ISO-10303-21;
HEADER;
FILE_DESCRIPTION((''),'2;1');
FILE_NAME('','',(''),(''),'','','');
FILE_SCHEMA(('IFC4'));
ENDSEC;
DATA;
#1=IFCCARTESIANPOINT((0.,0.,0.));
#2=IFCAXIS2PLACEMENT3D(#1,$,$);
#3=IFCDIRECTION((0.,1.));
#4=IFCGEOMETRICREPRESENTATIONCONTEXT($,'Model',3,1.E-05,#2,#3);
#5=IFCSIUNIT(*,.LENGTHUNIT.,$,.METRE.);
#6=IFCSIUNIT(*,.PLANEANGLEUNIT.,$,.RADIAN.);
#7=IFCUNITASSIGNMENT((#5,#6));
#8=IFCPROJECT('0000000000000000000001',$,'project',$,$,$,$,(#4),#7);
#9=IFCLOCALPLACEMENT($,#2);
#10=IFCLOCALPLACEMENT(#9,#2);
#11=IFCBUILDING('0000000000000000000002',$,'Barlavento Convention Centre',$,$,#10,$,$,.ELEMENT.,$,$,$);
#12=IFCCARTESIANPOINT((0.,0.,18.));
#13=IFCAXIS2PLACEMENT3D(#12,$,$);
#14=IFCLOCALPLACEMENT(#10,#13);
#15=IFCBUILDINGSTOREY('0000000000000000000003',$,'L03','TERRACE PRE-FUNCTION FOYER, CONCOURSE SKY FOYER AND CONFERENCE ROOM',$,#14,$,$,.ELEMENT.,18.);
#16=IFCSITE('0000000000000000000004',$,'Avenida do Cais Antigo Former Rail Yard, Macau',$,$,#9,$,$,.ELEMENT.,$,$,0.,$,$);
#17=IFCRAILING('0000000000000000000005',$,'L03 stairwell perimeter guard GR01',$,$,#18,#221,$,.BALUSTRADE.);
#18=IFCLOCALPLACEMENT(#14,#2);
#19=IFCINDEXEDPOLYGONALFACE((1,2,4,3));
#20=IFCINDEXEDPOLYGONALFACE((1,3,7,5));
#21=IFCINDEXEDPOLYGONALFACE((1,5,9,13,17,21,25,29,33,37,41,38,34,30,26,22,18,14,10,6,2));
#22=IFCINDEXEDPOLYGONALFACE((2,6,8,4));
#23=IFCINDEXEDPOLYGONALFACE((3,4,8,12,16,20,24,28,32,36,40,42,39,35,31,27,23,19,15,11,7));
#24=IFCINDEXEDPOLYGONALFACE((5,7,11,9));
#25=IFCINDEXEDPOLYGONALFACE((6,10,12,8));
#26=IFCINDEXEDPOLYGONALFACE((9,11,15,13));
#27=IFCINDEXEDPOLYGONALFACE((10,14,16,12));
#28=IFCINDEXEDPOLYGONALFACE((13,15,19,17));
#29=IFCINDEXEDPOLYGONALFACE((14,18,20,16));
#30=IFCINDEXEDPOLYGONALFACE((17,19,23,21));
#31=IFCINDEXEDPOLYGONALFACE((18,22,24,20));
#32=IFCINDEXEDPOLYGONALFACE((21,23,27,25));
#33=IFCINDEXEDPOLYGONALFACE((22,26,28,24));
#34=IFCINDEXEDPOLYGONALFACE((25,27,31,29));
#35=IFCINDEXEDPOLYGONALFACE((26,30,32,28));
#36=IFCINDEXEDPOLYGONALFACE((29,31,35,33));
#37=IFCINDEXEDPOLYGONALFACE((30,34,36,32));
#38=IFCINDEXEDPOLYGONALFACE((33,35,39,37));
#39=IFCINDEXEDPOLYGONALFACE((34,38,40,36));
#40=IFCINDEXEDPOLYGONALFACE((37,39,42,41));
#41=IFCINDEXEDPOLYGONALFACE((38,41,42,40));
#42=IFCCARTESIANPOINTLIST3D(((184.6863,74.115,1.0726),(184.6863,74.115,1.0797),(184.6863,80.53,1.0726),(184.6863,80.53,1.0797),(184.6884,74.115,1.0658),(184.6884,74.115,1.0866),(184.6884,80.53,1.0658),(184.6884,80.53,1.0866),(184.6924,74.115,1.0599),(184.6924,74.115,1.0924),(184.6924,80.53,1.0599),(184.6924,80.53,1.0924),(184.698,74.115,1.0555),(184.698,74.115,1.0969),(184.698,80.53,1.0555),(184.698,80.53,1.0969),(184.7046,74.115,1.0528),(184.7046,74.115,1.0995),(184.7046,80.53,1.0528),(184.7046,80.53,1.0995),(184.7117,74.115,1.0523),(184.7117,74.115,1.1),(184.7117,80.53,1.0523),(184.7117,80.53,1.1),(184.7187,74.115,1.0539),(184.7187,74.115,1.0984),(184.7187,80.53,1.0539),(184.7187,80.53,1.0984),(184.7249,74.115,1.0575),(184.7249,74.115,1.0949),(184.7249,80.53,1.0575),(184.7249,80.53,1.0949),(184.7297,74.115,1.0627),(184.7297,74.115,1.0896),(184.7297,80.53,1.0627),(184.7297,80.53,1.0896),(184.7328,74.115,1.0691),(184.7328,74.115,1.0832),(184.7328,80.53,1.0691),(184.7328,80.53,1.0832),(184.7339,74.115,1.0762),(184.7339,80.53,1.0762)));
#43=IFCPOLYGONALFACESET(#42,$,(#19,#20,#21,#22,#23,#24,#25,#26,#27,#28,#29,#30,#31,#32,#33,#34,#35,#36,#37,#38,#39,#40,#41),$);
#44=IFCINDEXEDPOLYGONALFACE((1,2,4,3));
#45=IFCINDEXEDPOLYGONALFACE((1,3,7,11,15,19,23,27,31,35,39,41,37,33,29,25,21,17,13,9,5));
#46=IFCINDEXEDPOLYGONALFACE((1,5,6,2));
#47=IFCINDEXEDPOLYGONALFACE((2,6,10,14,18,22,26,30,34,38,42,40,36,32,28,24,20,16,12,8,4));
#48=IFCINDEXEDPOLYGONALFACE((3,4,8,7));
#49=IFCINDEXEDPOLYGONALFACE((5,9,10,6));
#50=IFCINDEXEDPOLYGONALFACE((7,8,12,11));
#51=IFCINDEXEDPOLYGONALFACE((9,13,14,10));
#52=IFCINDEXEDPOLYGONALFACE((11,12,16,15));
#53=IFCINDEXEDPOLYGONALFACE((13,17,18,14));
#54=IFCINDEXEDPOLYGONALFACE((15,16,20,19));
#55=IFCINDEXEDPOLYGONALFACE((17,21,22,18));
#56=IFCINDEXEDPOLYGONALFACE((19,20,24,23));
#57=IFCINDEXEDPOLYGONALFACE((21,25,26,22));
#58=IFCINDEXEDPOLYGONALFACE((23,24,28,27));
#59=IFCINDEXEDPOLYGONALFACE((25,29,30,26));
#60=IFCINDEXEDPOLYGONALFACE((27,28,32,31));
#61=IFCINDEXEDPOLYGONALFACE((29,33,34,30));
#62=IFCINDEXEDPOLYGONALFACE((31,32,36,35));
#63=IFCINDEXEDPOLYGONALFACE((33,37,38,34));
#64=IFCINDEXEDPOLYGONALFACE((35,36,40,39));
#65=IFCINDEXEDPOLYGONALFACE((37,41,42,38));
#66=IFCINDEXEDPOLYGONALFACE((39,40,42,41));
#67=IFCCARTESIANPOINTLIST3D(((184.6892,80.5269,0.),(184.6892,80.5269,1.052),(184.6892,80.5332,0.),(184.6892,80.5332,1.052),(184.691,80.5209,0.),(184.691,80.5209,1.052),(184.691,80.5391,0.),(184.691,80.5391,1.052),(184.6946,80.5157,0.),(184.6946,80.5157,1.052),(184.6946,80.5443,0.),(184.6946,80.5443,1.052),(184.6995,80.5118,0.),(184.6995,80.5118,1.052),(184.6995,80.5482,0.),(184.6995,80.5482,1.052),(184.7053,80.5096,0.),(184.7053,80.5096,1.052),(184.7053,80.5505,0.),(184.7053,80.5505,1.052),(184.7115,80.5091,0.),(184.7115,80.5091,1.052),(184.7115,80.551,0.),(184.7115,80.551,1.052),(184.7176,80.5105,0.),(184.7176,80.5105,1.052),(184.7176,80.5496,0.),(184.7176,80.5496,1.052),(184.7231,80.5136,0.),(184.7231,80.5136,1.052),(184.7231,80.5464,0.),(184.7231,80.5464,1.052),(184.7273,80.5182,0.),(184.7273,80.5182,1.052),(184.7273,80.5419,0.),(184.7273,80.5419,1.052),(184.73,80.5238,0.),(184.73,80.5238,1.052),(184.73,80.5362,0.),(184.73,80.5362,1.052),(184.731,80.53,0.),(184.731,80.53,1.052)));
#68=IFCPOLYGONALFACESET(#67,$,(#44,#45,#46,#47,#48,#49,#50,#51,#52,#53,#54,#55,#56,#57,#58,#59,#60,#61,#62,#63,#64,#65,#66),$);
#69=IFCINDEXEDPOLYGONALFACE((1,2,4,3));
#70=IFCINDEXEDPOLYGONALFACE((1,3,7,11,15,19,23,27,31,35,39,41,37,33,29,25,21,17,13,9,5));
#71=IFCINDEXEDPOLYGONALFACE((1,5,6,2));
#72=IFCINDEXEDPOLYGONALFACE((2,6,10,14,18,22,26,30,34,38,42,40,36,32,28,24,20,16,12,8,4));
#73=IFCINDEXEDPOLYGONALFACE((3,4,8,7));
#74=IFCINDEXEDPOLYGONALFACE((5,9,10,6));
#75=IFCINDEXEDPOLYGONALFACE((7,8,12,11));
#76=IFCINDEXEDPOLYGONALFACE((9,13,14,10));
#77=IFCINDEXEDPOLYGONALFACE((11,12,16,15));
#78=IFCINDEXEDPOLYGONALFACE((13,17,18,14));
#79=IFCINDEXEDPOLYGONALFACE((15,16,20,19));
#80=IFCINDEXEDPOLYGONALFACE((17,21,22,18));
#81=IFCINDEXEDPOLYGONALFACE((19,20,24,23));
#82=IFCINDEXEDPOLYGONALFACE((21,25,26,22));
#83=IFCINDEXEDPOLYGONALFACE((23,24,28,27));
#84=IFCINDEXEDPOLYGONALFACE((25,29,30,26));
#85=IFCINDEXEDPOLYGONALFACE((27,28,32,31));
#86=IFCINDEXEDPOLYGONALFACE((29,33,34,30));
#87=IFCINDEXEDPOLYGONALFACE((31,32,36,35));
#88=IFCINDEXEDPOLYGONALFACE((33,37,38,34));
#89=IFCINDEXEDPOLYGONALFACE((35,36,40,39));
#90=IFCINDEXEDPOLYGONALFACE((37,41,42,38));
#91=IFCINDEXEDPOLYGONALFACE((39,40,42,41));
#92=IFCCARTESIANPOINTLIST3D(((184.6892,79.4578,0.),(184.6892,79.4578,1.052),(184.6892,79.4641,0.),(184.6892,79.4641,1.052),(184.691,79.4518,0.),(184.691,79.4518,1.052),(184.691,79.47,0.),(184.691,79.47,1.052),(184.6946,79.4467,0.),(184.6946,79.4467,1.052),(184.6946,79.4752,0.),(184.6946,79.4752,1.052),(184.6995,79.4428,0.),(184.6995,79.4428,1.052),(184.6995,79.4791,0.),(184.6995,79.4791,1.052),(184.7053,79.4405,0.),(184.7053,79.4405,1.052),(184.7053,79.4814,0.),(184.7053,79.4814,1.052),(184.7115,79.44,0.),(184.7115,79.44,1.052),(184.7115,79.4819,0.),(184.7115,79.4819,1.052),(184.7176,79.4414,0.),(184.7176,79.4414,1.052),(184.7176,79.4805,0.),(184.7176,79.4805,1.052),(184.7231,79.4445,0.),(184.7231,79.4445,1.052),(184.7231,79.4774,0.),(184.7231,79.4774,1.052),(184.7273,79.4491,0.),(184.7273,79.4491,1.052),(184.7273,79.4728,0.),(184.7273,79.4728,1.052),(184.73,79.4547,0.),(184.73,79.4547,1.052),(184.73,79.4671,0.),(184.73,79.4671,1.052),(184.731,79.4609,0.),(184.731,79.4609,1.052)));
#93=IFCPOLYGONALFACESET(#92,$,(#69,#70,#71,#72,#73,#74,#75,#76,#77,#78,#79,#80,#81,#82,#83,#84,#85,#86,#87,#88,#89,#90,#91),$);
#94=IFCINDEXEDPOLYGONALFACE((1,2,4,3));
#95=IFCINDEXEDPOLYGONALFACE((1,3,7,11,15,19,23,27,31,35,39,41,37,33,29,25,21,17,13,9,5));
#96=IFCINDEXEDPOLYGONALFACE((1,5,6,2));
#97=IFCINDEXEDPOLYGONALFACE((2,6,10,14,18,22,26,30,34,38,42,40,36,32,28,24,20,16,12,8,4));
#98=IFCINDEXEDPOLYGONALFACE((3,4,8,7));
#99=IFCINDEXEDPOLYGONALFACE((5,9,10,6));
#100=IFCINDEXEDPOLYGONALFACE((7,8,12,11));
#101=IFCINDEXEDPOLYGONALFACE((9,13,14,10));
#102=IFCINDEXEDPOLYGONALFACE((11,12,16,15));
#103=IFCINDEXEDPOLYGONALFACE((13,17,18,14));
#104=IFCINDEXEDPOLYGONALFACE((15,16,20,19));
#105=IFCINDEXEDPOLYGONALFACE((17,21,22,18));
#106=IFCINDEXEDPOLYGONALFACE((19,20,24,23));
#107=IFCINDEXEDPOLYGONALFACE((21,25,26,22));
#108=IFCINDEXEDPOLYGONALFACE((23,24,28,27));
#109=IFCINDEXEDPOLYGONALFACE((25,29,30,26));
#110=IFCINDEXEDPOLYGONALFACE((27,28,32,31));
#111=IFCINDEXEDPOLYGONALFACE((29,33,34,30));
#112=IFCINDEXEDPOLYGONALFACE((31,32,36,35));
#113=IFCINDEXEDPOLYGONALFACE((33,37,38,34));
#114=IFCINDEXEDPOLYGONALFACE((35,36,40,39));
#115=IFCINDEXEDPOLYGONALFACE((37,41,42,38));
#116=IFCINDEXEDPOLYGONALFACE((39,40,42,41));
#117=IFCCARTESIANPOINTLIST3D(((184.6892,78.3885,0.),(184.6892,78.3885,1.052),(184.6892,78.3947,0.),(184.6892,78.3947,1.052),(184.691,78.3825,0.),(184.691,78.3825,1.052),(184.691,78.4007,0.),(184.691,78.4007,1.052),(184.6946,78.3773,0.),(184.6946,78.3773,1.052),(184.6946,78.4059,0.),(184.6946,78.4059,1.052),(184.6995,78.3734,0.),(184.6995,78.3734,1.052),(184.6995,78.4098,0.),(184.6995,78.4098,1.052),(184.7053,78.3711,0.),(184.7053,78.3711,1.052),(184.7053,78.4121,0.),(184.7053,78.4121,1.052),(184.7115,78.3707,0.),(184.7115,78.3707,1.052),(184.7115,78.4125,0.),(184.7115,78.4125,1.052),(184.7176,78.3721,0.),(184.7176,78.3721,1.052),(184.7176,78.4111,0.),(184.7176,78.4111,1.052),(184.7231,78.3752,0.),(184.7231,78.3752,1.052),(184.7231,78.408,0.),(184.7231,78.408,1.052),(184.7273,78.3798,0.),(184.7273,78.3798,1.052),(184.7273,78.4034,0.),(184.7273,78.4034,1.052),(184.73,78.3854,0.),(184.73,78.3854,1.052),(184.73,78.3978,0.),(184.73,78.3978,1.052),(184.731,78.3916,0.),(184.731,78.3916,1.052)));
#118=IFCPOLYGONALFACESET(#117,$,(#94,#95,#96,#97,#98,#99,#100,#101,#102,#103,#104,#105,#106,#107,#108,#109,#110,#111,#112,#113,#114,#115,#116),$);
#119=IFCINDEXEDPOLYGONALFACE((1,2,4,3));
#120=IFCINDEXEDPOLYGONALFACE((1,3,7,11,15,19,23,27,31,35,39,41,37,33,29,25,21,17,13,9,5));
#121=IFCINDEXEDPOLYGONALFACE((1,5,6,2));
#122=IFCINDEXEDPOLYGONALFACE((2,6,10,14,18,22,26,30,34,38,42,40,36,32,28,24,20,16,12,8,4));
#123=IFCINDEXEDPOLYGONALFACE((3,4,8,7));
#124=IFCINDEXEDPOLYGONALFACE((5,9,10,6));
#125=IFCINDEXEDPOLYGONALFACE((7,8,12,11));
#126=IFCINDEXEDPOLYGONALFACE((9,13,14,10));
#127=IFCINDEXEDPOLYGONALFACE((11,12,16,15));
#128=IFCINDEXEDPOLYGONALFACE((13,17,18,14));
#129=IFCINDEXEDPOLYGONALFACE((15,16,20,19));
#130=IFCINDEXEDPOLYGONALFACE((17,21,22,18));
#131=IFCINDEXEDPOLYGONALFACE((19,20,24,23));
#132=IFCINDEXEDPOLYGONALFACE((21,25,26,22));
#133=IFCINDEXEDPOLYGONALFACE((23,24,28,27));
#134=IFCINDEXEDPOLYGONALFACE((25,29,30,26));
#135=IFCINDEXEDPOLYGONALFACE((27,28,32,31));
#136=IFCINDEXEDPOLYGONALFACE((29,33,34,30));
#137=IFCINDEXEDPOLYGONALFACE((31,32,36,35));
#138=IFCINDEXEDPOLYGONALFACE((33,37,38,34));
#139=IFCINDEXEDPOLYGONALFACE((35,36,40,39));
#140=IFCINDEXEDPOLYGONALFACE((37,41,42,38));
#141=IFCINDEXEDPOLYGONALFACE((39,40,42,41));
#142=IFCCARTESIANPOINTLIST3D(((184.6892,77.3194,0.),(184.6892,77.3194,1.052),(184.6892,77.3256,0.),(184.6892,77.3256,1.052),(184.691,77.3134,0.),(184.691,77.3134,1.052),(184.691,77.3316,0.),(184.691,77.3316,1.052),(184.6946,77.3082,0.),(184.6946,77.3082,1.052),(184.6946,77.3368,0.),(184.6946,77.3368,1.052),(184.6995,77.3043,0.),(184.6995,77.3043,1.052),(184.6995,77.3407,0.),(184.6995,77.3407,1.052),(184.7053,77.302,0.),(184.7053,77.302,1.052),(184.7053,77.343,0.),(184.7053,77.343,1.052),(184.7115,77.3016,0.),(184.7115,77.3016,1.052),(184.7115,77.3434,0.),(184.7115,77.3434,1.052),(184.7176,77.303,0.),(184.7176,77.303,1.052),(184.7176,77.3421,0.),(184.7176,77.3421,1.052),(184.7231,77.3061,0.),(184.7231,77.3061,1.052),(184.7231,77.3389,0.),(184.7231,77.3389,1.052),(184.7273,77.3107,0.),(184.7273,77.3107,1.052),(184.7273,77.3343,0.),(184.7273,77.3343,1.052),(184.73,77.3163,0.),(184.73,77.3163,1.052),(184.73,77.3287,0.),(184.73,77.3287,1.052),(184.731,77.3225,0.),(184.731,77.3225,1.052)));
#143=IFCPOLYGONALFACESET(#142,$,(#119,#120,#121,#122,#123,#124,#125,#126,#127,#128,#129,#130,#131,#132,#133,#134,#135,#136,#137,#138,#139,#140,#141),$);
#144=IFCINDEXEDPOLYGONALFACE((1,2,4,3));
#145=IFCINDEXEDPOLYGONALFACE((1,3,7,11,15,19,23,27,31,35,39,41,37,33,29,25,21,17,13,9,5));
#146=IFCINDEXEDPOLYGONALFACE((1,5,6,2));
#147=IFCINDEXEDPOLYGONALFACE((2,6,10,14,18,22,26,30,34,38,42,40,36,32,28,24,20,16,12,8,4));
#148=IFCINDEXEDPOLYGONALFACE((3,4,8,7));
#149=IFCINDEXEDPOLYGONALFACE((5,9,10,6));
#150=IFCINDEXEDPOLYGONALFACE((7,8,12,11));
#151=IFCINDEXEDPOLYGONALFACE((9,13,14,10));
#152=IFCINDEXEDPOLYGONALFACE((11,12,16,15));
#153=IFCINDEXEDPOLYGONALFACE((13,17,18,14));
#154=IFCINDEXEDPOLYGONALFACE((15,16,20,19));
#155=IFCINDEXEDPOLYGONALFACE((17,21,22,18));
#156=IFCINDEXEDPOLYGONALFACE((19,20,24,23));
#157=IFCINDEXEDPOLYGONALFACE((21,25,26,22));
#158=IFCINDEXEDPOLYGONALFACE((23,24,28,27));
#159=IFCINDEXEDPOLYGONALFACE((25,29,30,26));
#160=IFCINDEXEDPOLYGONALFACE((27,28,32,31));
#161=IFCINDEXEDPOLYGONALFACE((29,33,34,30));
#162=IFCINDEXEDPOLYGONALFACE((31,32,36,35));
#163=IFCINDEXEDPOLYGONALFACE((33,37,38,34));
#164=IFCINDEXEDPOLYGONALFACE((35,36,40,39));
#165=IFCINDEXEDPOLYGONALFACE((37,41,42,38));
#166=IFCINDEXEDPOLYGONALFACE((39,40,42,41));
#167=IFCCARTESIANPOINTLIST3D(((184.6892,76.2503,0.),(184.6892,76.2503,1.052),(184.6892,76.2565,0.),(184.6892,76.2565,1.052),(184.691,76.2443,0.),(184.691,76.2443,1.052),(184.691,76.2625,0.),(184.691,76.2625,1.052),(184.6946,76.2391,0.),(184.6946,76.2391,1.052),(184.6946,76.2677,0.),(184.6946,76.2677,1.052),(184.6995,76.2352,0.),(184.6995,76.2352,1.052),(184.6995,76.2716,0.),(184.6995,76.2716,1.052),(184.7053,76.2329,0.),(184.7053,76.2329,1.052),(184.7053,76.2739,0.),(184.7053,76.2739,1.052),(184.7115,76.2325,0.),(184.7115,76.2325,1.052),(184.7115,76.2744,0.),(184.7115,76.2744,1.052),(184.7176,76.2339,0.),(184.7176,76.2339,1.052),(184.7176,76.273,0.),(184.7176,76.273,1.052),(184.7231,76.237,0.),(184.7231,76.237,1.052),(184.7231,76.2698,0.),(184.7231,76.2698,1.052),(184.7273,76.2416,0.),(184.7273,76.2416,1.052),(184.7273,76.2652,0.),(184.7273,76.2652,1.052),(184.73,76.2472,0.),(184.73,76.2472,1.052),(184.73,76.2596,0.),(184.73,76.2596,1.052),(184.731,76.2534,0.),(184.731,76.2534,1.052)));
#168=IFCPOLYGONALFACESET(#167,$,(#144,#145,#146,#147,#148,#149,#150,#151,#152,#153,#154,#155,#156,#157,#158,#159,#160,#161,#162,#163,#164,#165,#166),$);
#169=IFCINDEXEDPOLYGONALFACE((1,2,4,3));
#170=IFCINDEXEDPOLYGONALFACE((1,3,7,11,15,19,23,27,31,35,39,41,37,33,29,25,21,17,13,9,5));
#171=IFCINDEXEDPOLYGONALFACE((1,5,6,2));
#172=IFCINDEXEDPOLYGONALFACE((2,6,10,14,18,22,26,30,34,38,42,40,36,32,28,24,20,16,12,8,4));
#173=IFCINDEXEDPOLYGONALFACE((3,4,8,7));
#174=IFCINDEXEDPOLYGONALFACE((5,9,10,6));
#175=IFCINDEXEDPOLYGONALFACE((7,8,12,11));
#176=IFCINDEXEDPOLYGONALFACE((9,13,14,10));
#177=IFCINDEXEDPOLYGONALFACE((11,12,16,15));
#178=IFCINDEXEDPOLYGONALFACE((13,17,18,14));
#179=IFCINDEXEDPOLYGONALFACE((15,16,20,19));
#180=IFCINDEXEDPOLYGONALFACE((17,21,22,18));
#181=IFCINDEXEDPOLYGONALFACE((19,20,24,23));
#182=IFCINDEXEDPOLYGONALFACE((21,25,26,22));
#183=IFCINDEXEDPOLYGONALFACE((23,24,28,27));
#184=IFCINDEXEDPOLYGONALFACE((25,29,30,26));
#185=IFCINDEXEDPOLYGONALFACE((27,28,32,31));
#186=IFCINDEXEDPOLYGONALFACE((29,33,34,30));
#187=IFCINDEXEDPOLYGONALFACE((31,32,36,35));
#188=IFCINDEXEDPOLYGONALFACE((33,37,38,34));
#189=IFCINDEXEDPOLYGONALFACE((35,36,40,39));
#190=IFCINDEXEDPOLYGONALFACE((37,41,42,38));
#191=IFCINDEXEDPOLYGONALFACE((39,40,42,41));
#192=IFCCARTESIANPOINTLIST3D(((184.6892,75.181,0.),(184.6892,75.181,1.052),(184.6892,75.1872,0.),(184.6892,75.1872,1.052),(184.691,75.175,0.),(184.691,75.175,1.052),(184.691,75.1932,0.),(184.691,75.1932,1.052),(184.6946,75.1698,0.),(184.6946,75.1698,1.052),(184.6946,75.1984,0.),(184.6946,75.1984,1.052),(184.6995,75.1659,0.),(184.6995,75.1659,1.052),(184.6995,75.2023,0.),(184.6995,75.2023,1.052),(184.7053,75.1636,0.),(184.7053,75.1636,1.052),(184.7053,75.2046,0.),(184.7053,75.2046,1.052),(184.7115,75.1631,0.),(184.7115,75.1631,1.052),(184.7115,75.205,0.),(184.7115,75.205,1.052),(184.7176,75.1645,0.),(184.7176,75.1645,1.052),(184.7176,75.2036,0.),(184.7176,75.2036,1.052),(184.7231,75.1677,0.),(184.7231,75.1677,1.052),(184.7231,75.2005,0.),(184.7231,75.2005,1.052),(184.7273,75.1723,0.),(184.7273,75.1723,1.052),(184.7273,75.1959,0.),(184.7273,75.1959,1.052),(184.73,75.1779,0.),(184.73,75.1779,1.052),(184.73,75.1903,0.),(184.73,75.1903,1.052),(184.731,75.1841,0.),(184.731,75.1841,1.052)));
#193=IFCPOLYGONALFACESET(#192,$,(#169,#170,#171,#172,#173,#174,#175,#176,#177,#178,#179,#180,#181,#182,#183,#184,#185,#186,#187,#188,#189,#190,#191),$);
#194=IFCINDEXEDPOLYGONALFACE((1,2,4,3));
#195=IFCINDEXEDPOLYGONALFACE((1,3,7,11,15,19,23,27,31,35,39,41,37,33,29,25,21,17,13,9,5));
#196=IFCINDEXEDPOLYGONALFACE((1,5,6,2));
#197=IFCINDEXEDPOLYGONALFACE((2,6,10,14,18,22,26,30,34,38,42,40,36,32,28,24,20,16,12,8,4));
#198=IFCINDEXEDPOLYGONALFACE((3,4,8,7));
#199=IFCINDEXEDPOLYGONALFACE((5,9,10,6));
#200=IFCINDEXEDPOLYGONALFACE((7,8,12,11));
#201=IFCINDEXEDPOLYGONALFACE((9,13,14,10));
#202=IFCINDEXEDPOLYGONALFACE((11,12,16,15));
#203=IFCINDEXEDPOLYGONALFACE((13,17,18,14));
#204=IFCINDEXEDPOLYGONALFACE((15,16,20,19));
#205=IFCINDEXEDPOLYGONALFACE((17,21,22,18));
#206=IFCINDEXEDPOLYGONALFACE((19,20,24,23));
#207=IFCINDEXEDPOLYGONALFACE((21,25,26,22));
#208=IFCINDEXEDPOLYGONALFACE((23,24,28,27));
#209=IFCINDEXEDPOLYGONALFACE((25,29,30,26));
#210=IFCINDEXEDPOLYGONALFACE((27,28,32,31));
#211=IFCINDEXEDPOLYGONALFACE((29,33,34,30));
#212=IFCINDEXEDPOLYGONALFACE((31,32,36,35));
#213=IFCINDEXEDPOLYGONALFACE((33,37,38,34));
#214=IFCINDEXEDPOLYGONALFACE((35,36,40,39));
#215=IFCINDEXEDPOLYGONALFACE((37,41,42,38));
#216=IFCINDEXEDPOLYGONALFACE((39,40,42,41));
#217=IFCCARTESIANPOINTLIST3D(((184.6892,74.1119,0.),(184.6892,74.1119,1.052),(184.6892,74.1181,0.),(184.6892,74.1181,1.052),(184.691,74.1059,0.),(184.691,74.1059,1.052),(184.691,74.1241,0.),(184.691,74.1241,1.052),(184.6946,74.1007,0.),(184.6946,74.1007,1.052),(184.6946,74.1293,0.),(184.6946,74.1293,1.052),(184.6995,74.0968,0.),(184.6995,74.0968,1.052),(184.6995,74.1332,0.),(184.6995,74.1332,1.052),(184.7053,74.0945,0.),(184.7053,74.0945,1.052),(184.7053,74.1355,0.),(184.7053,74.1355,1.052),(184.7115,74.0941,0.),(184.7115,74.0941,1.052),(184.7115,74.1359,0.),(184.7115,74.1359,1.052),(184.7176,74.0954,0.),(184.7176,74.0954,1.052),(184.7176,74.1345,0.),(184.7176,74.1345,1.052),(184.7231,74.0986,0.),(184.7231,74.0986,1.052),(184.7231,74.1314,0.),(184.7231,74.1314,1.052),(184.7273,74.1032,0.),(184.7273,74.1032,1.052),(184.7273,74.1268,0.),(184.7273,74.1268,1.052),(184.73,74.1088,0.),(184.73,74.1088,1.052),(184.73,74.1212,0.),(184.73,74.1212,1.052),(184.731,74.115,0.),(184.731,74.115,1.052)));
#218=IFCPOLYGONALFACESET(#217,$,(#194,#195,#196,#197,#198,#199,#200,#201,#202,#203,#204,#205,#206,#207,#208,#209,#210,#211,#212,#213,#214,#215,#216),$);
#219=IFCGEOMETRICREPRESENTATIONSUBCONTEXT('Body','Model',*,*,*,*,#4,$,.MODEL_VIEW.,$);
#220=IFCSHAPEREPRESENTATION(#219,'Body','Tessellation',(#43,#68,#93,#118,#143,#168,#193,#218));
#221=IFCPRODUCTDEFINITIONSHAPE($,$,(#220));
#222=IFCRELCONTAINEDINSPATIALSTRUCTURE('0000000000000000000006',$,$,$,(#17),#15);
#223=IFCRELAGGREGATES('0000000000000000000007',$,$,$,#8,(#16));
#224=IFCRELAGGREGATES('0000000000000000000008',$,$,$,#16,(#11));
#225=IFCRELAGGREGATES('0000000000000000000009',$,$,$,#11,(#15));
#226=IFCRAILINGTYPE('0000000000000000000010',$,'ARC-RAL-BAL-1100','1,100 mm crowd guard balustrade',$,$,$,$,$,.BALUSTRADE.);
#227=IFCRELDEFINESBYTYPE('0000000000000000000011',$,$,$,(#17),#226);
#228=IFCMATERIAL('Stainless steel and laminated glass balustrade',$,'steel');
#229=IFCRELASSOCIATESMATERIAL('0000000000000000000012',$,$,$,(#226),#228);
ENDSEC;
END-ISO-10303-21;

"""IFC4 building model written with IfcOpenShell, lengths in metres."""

from ifc_helpers import new_model, si_unit, direction, frame, origin, origin_2d, place, context, subcontext, project, spatial, circle, extrude, material, type_object, element, save


model = new_model("IFC4")

# Units and contexts
model_context = context("Model", 3, precision=1e-05, world=origin(), true_north=direction((0.0, 1.0)))
body_context = subcontext(model_context, "Body", "Model", "MODEL_VIEW")
ifc_project = project(units=[si_unit("LENGTHUNIT", "METRE"), si_unit("PLANEANGLEUNIT", "RADIAN")], contexts=[model_context])

# Site, building, storey
site_placement = place(None, origin())
site = spatial("IfcSite", under=ifc_project, at=site_placement, Name="Avenida do Cais Antigo Former Rail Yard, Macau", CompositionType="ELEMENT", RefElevation=0.0)
building_placement = place(site_placement, origin())
building = spatial("IfcBuilding", under=site, at=building_placement, Name="Barlavento Convention Centre", CompositionType="ELEMENT")
storey_placement = place(building_placement, frame((0.0, 0.0, 18.0)))
storey = spatial("IfcBuildingStorey", under=building, at=storey_placement, Name="L03", Description="TERRACE PRE-FUNCTION FOYER, CONCOURSE SKY FOYER AND CONFERENCE ROOM", CompositionType="ELEMENT", Elevation=18.0)

# Railing
ifc_material_1 = material(Name="Stainless steel and laminated glass balustrade", Category="steel")
railing_type_1 = type_object("IfcRailingType", Name="ARC-RAL-BAL-1100", Description="1,100 mm crowd guard balustrade", PredefinedType="BALUSTRADE", material=ifc_material_1)
railing_1_placement = place(storey_placement, frame((184.71, 80.53, 0.0)))
element("IfcRailing", 1, at=railing_1_placement, inside=storey, type_object=railing_type_1, Name="L03 stairwell perimeter guard GR01", PredefinedType="BALUSTRADE", context=body_context, shape_type="SweptSolid", body=[
    extrude(circle(Radius=0.0239, at=origin_2d()), frame((0.0, 0.0, 1.0762), z_axis=(0.0, -1.0, 0.0), x_axis=(1.0, 0.0, 0.0)), (0.0, 0.0, 1.0), 6.415),
    extrude(circle(Radius=0.021, at=origin_2d()), origin(), (0.0, 0.0, 1.0), 1.052),
    extrude(circle(Radius=0.021, at=origin_2d()), frame((0.0, -1.0691, 0.0)), (0.0, 0.0, 1.0), 1.052),
    extrude(circle(Radius=0.021, at=origin_2d()), frame((0.0, -2.1384, 0.0)), (0.0, 0.0, 1.0), 1.052),
    extrude(circle(Radius=0.021, at=origin_2d()), frame((0.0, -3.2075, 0.0)), (0.0, 0.0, 1.0), 1.052),
    extrude(circle(Radius=0.021, at=origin_2d()), frame((0.0, -4.2766, 0.0)), (0.0, 0.0, 1.0), 1.052),
    extrude(circle(Radius=0.021, at=origin_2d()), frame((0.0, -5.3459, 0.0)), (0.0, 0.0, 1.0), 1.052),
    extrude(circle(Radius=0.021, at=origin_2d()), frame((0.0, -6.415, 0.0)), (0.0, 0.0, 1.0), 1.052),
])

save(model, "model.ifc")
